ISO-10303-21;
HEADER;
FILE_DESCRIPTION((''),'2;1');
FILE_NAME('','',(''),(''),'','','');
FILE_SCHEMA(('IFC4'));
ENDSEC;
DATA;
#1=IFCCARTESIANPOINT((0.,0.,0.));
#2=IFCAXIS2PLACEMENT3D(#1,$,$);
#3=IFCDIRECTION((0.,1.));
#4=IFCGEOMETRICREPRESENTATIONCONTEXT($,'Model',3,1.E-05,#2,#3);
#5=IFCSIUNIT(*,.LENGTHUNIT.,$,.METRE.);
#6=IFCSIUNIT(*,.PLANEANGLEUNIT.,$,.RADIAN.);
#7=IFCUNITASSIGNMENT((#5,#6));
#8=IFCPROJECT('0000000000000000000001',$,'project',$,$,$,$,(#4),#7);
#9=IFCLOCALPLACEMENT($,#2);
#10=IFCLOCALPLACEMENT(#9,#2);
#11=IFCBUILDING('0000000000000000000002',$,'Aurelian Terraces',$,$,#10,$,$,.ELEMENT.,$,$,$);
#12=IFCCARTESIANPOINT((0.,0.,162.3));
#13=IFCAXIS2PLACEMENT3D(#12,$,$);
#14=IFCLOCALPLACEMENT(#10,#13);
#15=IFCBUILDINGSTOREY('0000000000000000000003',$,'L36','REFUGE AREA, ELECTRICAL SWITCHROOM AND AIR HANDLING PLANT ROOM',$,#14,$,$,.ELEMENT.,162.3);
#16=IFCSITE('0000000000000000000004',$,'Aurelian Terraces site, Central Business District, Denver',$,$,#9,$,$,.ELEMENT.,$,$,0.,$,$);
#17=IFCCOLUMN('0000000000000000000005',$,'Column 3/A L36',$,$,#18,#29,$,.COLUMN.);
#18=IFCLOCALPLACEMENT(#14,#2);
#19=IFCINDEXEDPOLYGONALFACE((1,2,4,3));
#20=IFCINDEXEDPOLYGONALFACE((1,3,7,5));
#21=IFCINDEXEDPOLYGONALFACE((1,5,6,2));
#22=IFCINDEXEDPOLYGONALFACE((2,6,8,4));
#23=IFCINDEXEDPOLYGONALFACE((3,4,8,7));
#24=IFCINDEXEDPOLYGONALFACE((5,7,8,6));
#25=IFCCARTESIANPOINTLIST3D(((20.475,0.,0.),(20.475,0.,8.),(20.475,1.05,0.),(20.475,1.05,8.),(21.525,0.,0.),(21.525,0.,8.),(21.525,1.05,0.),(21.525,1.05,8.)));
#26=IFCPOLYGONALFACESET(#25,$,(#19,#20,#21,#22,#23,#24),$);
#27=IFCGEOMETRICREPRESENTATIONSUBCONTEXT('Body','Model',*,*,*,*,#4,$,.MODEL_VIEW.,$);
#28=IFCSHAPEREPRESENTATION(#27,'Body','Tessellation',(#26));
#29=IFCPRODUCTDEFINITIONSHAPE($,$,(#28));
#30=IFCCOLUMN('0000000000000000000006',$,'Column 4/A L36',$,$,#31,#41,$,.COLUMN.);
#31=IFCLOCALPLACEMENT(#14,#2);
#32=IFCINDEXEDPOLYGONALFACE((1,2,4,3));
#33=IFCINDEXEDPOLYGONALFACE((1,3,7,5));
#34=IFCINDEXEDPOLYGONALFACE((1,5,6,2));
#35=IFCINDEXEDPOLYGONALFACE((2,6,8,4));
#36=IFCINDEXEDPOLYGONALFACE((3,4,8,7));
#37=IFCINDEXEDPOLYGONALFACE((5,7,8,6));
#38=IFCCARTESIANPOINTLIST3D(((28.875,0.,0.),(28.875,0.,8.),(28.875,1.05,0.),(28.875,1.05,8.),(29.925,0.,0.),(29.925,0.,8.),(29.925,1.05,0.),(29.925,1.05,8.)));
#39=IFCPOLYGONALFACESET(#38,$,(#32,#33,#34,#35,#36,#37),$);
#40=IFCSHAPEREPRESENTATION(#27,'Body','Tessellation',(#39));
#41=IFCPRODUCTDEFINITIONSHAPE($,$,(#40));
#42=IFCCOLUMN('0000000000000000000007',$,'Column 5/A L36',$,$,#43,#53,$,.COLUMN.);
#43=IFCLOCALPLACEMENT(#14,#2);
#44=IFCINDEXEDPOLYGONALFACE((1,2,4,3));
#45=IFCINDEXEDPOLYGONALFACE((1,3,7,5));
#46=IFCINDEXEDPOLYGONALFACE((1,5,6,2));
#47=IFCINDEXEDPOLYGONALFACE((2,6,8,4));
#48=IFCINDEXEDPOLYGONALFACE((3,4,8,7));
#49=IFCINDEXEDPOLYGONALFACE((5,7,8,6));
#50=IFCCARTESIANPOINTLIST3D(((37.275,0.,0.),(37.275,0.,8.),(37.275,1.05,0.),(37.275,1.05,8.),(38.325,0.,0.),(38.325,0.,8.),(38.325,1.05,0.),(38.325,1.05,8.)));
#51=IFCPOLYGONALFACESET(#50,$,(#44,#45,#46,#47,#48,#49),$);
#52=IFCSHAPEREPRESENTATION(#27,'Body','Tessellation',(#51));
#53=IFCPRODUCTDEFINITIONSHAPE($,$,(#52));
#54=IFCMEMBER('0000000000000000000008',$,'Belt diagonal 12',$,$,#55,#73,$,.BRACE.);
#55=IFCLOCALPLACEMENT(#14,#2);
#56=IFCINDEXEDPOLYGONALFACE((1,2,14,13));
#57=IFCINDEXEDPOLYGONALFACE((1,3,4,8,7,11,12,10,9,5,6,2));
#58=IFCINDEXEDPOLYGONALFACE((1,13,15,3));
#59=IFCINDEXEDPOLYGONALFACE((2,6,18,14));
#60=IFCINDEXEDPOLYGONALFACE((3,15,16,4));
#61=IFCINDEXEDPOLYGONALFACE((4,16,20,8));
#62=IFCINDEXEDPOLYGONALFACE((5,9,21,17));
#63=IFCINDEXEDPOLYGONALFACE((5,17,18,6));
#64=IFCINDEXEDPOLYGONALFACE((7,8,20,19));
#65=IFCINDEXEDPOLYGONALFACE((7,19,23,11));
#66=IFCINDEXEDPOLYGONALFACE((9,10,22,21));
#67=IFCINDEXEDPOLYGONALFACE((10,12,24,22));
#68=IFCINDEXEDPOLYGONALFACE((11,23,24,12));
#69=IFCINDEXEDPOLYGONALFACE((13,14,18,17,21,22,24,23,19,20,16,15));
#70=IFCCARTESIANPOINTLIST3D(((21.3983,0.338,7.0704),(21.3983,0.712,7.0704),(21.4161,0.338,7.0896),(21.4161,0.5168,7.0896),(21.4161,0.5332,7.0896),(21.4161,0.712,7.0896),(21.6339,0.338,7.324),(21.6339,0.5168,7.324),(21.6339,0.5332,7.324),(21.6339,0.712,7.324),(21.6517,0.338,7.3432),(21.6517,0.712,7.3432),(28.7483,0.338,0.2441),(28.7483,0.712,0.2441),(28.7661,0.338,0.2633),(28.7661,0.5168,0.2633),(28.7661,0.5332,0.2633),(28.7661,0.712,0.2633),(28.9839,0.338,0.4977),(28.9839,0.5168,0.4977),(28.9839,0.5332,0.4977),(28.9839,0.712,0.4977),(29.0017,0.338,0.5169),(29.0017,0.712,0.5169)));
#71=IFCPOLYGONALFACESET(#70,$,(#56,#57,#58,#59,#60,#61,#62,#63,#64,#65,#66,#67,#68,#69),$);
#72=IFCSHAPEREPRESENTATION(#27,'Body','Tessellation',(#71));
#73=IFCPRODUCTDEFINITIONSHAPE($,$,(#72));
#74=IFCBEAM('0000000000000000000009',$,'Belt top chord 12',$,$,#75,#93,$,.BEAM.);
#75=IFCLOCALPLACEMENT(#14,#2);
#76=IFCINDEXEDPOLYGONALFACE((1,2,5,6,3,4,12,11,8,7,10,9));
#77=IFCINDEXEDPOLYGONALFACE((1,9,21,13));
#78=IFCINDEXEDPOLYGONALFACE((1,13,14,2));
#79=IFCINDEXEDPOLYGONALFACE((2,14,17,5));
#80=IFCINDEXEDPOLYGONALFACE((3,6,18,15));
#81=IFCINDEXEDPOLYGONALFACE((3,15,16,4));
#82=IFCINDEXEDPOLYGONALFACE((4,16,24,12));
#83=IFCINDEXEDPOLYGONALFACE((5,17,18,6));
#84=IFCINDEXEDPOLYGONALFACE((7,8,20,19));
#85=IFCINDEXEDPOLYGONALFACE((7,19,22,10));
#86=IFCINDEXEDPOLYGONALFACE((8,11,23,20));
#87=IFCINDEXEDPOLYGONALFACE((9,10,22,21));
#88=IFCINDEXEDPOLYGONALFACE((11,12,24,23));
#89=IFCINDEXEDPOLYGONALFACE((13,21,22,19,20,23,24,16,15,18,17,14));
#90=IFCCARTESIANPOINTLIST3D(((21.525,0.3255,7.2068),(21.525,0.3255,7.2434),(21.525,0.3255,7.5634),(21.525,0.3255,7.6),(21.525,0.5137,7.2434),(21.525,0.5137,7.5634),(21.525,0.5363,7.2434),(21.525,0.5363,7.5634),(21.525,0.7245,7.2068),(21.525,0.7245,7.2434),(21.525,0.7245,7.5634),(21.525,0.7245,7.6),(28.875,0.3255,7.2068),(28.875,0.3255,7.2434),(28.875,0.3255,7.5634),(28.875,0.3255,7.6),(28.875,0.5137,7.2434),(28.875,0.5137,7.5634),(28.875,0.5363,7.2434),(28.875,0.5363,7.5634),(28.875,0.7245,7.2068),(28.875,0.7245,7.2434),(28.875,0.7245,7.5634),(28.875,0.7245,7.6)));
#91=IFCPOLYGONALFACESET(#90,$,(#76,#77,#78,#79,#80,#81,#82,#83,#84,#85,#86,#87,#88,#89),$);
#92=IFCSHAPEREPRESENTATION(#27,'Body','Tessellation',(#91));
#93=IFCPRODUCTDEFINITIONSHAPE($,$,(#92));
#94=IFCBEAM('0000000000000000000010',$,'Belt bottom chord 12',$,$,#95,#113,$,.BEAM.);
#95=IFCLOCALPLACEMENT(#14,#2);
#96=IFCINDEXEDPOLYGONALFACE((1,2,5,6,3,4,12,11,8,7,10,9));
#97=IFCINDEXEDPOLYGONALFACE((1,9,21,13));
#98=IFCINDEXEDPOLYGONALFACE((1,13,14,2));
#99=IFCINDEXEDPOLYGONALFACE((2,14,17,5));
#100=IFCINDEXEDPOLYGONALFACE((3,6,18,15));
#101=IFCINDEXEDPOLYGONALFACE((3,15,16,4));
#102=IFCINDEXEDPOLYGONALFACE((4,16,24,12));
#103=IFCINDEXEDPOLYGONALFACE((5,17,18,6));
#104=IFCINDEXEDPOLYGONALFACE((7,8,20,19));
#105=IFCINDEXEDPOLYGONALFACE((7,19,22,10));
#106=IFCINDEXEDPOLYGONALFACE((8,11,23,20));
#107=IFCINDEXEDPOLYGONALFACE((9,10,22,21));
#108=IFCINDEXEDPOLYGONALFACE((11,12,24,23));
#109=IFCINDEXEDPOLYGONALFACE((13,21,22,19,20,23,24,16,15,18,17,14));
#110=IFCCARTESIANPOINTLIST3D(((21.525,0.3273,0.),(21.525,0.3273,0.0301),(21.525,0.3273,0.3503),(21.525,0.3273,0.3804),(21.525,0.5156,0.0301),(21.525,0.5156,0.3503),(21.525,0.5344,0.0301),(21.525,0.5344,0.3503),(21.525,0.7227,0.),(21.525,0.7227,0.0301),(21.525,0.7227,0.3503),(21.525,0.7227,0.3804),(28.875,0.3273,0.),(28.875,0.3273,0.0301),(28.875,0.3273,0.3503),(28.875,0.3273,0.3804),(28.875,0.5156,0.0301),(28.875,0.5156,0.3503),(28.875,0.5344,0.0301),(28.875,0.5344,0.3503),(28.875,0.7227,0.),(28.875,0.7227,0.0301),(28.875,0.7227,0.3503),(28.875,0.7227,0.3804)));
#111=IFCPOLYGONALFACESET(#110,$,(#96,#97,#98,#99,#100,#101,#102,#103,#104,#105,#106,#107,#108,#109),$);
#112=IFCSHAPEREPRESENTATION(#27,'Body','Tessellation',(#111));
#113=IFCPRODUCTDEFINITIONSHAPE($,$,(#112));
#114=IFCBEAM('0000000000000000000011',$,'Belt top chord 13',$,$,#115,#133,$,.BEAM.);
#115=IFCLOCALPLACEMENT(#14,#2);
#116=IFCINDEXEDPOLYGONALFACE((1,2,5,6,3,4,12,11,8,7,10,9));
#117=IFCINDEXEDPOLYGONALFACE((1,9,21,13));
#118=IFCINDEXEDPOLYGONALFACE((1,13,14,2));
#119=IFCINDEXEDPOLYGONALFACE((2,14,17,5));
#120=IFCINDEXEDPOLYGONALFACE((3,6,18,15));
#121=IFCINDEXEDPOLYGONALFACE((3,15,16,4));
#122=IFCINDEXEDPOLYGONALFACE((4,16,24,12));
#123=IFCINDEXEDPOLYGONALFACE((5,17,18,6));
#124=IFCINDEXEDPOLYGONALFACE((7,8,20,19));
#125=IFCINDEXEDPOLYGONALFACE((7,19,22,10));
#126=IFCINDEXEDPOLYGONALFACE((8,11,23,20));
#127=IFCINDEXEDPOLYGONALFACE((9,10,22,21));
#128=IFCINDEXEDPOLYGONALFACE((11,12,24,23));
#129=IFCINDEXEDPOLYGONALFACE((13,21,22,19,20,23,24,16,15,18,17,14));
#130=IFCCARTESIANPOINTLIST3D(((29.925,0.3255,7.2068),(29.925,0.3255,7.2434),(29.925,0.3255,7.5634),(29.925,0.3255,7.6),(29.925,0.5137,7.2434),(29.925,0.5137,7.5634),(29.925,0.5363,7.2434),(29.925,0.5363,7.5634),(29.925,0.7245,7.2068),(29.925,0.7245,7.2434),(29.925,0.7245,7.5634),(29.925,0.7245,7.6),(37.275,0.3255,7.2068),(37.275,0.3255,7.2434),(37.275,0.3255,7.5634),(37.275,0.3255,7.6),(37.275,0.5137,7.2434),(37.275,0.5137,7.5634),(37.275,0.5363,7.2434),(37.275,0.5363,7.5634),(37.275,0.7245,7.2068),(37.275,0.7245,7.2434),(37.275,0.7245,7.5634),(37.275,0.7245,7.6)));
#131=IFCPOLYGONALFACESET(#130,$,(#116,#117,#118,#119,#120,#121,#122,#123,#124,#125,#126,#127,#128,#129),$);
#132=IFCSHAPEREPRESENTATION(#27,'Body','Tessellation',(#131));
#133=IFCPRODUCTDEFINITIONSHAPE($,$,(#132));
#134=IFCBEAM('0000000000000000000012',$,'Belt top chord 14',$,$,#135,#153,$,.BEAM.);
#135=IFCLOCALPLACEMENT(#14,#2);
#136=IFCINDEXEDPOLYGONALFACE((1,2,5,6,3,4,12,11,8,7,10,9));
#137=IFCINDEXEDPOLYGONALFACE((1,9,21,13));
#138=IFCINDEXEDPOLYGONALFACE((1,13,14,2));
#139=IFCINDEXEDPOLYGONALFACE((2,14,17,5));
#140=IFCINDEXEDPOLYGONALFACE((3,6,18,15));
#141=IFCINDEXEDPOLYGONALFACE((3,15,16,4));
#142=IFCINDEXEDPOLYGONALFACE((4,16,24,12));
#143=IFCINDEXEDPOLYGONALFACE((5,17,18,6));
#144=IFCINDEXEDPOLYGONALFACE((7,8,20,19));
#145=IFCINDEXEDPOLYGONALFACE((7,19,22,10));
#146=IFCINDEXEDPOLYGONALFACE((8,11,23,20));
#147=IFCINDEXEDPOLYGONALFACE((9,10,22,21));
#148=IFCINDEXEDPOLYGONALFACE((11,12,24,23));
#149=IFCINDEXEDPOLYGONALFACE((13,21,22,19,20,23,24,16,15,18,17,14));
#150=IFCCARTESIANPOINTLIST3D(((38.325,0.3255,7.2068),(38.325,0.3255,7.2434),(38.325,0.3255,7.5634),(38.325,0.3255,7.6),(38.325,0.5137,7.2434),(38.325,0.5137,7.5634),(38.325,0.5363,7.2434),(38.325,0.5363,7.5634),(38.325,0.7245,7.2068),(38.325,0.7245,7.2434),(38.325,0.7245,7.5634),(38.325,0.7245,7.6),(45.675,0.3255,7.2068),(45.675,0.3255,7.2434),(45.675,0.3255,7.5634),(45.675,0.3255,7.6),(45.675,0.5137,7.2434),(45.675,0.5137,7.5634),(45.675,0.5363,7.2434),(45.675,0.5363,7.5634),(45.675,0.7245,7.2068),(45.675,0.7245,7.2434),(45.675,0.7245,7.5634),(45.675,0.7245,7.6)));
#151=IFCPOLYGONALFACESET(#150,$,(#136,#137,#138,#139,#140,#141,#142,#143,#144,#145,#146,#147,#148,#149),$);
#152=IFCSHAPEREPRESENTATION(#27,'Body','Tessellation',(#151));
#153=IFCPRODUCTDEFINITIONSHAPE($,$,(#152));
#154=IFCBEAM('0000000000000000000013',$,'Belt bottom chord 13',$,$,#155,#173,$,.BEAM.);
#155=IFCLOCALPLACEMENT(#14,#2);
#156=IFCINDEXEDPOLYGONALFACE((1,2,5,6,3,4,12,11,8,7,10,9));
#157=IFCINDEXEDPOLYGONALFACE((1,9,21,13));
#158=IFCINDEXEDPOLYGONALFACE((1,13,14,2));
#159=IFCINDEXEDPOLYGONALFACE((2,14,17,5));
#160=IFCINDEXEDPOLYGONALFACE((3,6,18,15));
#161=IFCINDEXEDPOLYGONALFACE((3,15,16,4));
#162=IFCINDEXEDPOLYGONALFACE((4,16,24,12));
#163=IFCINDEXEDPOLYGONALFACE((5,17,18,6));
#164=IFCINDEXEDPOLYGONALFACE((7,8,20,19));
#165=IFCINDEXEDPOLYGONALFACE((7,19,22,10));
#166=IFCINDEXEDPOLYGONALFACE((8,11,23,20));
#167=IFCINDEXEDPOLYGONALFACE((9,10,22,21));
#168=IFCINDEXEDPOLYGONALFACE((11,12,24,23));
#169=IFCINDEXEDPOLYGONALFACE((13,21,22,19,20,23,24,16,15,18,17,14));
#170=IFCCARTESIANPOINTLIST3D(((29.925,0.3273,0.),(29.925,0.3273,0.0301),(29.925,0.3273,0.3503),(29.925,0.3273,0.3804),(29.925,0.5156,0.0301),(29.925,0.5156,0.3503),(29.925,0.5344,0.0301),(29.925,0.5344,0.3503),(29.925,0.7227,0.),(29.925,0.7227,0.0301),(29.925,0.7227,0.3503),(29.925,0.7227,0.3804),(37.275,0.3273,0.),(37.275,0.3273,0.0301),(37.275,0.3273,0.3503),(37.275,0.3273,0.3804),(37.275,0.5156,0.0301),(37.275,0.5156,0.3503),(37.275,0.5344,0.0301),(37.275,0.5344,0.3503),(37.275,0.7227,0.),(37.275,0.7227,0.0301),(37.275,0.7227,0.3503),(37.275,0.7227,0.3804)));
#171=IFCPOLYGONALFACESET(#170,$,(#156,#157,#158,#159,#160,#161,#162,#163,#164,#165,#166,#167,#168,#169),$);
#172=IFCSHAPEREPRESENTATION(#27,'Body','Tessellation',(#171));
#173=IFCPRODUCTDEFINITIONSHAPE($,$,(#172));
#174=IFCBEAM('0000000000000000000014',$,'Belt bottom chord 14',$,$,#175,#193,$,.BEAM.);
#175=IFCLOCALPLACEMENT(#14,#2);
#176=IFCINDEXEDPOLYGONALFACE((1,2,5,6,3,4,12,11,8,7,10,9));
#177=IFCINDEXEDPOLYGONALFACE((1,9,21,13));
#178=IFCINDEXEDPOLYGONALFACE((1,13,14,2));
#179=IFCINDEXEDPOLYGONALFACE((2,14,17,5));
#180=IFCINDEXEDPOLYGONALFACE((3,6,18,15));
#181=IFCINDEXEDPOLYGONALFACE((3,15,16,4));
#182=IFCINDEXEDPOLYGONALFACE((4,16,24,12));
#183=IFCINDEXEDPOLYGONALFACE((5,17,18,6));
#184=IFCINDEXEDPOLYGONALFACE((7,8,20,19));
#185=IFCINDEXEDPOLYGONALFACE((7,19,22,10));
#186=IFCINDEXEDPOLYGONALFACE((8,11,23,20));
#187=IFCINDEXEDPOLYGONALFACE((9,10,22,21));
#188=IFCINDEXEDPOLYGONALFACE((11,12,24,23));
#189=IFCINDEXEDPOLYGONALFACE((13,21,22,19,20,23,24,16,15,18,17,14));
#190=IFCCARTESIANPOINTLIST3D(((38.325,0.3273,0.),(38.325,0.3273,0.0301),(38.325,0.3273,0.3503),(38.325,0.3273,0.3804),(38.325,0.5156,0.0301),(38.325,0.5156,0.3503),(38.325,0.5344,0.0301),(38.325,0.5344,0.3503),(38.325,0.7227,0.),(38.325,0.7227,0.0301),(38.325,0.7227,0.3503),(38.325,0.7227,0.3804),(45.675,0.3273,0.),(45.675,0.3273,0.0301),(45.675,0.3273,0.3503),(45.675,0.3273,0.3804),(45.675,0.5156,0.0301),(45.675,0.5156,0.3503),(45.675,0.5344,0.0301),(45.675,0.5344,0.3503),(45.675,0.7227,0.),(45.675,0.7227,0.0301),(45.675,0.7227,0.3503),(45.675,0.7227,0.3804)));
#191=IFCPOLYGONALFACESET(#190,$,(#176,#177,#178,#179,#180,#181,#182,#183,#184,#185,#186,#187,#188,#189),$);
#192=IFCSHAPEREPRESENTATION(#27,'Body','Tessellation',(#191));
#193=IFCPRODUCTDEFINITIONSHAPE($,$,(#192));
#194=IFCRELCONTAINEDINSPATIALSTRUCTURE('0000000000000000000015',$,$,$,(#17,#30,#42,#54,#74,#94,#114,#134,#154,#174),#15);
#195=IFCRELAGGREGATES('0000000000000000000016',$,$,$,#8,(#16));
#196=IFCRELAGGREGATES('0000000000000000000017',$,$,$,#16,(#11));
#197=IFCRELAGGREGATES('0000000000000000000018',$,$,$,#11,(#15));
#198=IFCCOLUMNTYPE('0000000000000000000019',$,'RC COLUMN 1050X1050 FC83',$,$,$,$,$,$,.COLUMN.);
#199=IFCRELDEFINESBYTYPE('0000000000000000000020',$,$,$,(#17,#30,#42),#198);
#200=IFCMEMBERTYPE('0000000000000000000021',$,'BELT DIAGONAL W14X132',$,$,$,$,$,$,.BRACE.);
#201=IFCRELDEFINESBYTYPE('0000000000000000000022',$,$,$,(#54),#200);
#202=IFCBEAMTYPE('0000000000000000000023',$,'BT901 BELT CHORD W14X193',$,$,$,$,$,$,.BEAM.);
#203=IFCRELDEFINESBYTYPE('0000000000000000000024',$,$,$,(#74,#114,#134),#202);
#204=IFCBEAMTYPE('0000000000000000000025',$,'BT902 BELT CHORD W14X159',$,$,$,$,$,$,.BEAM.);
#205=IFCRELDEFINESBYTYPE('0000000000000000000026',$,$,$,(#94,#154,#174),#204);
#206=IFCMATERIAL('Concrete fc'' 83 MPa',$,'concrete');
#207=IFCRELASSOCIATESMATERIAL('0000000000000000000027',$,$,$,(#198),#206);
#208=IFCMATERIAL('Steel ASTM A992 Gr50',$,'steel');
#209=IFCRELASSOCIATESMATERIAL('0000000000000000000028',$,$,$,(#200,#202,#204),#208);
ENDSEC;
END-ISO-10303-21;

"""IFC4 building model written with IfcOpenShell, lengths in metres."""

from ifc_helpers import new_model, si_unit, direction, frame, origin, origin_2d, place, context, subcontext, project, spatial, rectangle, i_section, extrude, source, transform, mapped, material, material_profile, profile_set, type_object, element, save


model = new_model("IFC4")

# Units and contexts
model_context = context("Model", 3, precision=1e-05, world=origin(), true_north=direction((0.0, 1.0)))
body_context = subcontext(model_context, "Body", "Model", "MODEL_VIEW")
ifc_project = project(units=[si_unit("LENGTHUNIT", "METRE"), si_unit("PLANEANGLEUNIT", "RADIAN")], contexts=[model_context])

# Site, building, storey
site_placement = place(None, origin())
site = spatial("IfcSite", under=ifc_project, at=site_placement, Name="Aurelian Terraces site, Central Business District, Denver", CompositionType="ELEMENT", RefElevation=0.0)
building_placement = place(site_placement, origin())
building = spatial("IfcBuilding", under=site, at=building_placement, Name="Aurelian Terraces", CompositionType="ELEMENT")
storey_placement = place(building_placement, frame((0.0, 0.0, 162.3)))
storey = spatial("IfcBuildingStorey", under=building, at=storey_placement, Name="L36", Description="REFUGE AREA, ELECTRICAL SWITCHROOM AND AIR HANDLING PLANT ROOM", CompositionType="ELEMENT", Elevation=162.3)

# Columns
ifc_material_1 = material(Name="Concrete fc' 83 MPa", Category="concrete")
ifc_material_profile_1 = material_profile(ifc_material_1, rectangle(XDim=1.05, YDim=1.05, at=origin_2d()))
ifc_profile_set_1 = profile_set([ifc_material_profile_1], Name="Concrete fc' 83 MPa")
column_type = type_object("IfcColumnType", Name="RC COLUMN 1050X1050 FC83", PredefinedType="COLUMN", material=ifc_profile_set_1)
shared_shape_1 = source(origin(), body_context, "Body", "SweptSolid", [
    extrude(rectangle(XDim=1.05, YDim=1.05, at=origin_2d()), origin(), (0.0, 0.0, 1.0), 8.0),
])
for number, where, z_axis, x_axis, name in (
    (1, (21.0, 0.525, 0.0), (0.0, 0.0, 1.0), (1.0, 0.0, 0.0), "Column 3/A L36"),
    (2, (29.4, 0.525, 0.0), (0.0, 0.0, 1.0), (1.0, 0.0, 0.0), "Column 4/A L36"),
    (3, (37.8, 0.525, 0.0), (0.0, 0.0, 1.0), (1.0, 0.0, 0.0), "Column 5/A L36"),
):
    element("IfcColumn", number, at=place(storey_placement, frame(where, z_axis=z_axis, x_axis=x_axis)), inside=storey, type_object=column_type, Name=name, PredefinedType="COLUMN", context=body_context, shape_type="MappedRepresentation", body=[
        mapped(shared_shape_1, transform((0.0, 0.0, 0.0), scale=1.0)),
    ])

# Member
ifc_material_2 = material(Name="Steel ASTM A992 Gr50", Category="steel")
ifc_material_profile_2 = material_profile(ifc_material_2, i_section(OverallWidth=0.374, OverallDepth=0.3724, WebThickness=0.0164, FlangeThickness=0.0262, at=origin_2d()))
ifc_profile_set_2 = profile_set([ifc_material_profile_2], Name="Steel ASTM A992 Gr50")
member_type = type_object("IfcMemberType", Name="BELT DIAGONAL W14X132", PredefinedType="BRACE", material=ifc_profile_set_2)
member_1_placement = place(storey_placement, frame((28.875, 0.525, 0.3805), z_axis=(-0.732729, 0.0, 0.680521), x_axis=(0.0, -1.0, 0.0)))
element("IfcMember", 4, at=member_1_placement, inside=storey, type_object=member_type, Name="Belt diagonal 12", PredefinedType="BRACE", context=body_context, shape_type="SweptSolid", body=[
    extrude(i_section(OverallWidth=0.374, OverallDepth=0.3724, WebThickness=0.0164, FlangeThickness=0.0262, at=origin_2d()), origin(), (0.0, 0.0, 1.0), 10.031),
])

# Beams
ifc_material_profile_3 = material_profile(ifc_material_2, i_section(OverallWidth=0.399, OverallDepth=0.3932, WebThickness=0.0226, FlangeThickness=0.0366, at=origin_2d()))
ifc_profile_set_3 = profile_set([ifc_material_profile_3], Name="Steel ASTM A992 Gr50")
beam_type_1 = type_object("IfcBeamType", Name="BT901 BELT CHORD W14X193", PredefinedType="BEAM", material=ifc_profile_set_3)
beam_1_placement = place(storey_placement, frame((21.525, 0.525, 7.4034), z_axis=(1.0, 0.0, 0.0), x_axis=(0.0, 1.0, 0.0)))
element("IfcBeam", 5, at=beam_1_placement, inside=storey, type_object=beam_type_1, Name="Belt top chord 12", PredefinedType="BEAM", context=body_context, shape_type="SweptSolid", body=[
    extrude(i_section(OverallWidth=0.399, OverallDepth=0.3932, WebThickness=0.0226, FlangeThickness=0.0366, at=origin_2d()), origin(), (0.0, 0.0, 1.0), 7.35),
])
ifc_material_profile_4 = material_profile(ifc_material_2, i_section(OverallWidth=0.3954, OverallDepth=0.3805, WebThickness=0.0189, FlangeThickness=0.0302, at=origin_2d()))
ifc_profile_set_4 = profile_set([ifc_material_profile_4], Name="Steel ASTM A992 Gr50")
beam_type_2 = type_object("IfcBeamType", Name="BT902 BELT CHORD W14X159", PredefinedType="BEAM", material=ifc_profile_set_4)
beam_2_placement = place(storey_placement, frame((21.525, 0.525, 0.1902), z_axis=(1.0, 0.0, 0.0), x_axis=(0.0, 1.0, 0.0)))
element("IfcBeam", 6, at=beam_2_placement, inside=storey, type_object=beam_type_2, Name="Belt bottom chord 12", PredefinedType="BEAM", context=body_context, shape_type="SweptSolid", body=[
    extrude(i_section(OverallWidth=0.3954, OverallDepth=0.3805, WebThickness=0.0189, FlangeThickness=0.0302, at=origin_2d()), origin(), (0.0, 0.0, 1.0), 7.35),
])
shared_shape_2 = source(origin(), body_context, "Body", "SweptSolid", [
    extrude(i_section(OverallWidth=0.399, OverallDepth=0.3932, WebThickness=0.0226, FlangeThickness=0.0366, at=origin_2d()), origin(), (0.0, 0.0, 1.0), 7.35),
])
for number, where, z_axis, x_axis, name in (
    (7, (29.925, 0.525, 7.4034), (1.0, 0.0, 0.0), (0.0, 1.0, 0.0), "Belt top chord 13"),
    (8, (38.325, 0.525, 7.4034), (1.0, 0.0, 0.0), (0.0, 1.0, 0.0), "Belt top chord 14"),
):
    element("IfcBeam", number, at=place(storey_placement, frame(where, z_axis=z_axis, x_axis=x_axis)), inside=storey, type_object=beam_type_1, Name=name, PredefinedType="BEAM", context=body_context, shape_type="MappedRepresentation", body=[
        mapped(shared_shape_2, transform((0.0, 0.0, 0.0), scale=1.0)),
    ])
shared_shape_3 = source(origin(), body_context, "Body", "SweptSolid", [
    extrude(i_section(OverallWidth=0.3954, OverallDepth=0.3805, WebThickness=0.0189, FlangeThickness=0.0302, at=origin_2d()), origin(), (0.0, 0.0, 1.0), 7.35),
])
for number, where, z_axis, x_axis, name in (
    (9, (29.925, 0.525, 0.1902), (1.0, 0.0, 0.0), (0.0, 1.0, 0.0), "Belt bottom chord 13"),
    (10, (38.325, 0.525, 0.1902), (1.0, 0.0, 0.0), (0.0, 1.0, 0.0), "Belt bottom chord 14"),
):
    element("IfcBeam", number, at=place(storey_placement, frame(where, z_axis=z_axis, x_axis=x_axis)), inside=storey, type_object=beam_type_2, Name=name, PredefinedType="BEAM", context=body_context, shape_type="MappedRepresentation", body=[
        mapped(shared_shape_3, transform((0.0, 0.0, 0.0), scale=1.0)),
    ])

save(model, "model.ifc")
